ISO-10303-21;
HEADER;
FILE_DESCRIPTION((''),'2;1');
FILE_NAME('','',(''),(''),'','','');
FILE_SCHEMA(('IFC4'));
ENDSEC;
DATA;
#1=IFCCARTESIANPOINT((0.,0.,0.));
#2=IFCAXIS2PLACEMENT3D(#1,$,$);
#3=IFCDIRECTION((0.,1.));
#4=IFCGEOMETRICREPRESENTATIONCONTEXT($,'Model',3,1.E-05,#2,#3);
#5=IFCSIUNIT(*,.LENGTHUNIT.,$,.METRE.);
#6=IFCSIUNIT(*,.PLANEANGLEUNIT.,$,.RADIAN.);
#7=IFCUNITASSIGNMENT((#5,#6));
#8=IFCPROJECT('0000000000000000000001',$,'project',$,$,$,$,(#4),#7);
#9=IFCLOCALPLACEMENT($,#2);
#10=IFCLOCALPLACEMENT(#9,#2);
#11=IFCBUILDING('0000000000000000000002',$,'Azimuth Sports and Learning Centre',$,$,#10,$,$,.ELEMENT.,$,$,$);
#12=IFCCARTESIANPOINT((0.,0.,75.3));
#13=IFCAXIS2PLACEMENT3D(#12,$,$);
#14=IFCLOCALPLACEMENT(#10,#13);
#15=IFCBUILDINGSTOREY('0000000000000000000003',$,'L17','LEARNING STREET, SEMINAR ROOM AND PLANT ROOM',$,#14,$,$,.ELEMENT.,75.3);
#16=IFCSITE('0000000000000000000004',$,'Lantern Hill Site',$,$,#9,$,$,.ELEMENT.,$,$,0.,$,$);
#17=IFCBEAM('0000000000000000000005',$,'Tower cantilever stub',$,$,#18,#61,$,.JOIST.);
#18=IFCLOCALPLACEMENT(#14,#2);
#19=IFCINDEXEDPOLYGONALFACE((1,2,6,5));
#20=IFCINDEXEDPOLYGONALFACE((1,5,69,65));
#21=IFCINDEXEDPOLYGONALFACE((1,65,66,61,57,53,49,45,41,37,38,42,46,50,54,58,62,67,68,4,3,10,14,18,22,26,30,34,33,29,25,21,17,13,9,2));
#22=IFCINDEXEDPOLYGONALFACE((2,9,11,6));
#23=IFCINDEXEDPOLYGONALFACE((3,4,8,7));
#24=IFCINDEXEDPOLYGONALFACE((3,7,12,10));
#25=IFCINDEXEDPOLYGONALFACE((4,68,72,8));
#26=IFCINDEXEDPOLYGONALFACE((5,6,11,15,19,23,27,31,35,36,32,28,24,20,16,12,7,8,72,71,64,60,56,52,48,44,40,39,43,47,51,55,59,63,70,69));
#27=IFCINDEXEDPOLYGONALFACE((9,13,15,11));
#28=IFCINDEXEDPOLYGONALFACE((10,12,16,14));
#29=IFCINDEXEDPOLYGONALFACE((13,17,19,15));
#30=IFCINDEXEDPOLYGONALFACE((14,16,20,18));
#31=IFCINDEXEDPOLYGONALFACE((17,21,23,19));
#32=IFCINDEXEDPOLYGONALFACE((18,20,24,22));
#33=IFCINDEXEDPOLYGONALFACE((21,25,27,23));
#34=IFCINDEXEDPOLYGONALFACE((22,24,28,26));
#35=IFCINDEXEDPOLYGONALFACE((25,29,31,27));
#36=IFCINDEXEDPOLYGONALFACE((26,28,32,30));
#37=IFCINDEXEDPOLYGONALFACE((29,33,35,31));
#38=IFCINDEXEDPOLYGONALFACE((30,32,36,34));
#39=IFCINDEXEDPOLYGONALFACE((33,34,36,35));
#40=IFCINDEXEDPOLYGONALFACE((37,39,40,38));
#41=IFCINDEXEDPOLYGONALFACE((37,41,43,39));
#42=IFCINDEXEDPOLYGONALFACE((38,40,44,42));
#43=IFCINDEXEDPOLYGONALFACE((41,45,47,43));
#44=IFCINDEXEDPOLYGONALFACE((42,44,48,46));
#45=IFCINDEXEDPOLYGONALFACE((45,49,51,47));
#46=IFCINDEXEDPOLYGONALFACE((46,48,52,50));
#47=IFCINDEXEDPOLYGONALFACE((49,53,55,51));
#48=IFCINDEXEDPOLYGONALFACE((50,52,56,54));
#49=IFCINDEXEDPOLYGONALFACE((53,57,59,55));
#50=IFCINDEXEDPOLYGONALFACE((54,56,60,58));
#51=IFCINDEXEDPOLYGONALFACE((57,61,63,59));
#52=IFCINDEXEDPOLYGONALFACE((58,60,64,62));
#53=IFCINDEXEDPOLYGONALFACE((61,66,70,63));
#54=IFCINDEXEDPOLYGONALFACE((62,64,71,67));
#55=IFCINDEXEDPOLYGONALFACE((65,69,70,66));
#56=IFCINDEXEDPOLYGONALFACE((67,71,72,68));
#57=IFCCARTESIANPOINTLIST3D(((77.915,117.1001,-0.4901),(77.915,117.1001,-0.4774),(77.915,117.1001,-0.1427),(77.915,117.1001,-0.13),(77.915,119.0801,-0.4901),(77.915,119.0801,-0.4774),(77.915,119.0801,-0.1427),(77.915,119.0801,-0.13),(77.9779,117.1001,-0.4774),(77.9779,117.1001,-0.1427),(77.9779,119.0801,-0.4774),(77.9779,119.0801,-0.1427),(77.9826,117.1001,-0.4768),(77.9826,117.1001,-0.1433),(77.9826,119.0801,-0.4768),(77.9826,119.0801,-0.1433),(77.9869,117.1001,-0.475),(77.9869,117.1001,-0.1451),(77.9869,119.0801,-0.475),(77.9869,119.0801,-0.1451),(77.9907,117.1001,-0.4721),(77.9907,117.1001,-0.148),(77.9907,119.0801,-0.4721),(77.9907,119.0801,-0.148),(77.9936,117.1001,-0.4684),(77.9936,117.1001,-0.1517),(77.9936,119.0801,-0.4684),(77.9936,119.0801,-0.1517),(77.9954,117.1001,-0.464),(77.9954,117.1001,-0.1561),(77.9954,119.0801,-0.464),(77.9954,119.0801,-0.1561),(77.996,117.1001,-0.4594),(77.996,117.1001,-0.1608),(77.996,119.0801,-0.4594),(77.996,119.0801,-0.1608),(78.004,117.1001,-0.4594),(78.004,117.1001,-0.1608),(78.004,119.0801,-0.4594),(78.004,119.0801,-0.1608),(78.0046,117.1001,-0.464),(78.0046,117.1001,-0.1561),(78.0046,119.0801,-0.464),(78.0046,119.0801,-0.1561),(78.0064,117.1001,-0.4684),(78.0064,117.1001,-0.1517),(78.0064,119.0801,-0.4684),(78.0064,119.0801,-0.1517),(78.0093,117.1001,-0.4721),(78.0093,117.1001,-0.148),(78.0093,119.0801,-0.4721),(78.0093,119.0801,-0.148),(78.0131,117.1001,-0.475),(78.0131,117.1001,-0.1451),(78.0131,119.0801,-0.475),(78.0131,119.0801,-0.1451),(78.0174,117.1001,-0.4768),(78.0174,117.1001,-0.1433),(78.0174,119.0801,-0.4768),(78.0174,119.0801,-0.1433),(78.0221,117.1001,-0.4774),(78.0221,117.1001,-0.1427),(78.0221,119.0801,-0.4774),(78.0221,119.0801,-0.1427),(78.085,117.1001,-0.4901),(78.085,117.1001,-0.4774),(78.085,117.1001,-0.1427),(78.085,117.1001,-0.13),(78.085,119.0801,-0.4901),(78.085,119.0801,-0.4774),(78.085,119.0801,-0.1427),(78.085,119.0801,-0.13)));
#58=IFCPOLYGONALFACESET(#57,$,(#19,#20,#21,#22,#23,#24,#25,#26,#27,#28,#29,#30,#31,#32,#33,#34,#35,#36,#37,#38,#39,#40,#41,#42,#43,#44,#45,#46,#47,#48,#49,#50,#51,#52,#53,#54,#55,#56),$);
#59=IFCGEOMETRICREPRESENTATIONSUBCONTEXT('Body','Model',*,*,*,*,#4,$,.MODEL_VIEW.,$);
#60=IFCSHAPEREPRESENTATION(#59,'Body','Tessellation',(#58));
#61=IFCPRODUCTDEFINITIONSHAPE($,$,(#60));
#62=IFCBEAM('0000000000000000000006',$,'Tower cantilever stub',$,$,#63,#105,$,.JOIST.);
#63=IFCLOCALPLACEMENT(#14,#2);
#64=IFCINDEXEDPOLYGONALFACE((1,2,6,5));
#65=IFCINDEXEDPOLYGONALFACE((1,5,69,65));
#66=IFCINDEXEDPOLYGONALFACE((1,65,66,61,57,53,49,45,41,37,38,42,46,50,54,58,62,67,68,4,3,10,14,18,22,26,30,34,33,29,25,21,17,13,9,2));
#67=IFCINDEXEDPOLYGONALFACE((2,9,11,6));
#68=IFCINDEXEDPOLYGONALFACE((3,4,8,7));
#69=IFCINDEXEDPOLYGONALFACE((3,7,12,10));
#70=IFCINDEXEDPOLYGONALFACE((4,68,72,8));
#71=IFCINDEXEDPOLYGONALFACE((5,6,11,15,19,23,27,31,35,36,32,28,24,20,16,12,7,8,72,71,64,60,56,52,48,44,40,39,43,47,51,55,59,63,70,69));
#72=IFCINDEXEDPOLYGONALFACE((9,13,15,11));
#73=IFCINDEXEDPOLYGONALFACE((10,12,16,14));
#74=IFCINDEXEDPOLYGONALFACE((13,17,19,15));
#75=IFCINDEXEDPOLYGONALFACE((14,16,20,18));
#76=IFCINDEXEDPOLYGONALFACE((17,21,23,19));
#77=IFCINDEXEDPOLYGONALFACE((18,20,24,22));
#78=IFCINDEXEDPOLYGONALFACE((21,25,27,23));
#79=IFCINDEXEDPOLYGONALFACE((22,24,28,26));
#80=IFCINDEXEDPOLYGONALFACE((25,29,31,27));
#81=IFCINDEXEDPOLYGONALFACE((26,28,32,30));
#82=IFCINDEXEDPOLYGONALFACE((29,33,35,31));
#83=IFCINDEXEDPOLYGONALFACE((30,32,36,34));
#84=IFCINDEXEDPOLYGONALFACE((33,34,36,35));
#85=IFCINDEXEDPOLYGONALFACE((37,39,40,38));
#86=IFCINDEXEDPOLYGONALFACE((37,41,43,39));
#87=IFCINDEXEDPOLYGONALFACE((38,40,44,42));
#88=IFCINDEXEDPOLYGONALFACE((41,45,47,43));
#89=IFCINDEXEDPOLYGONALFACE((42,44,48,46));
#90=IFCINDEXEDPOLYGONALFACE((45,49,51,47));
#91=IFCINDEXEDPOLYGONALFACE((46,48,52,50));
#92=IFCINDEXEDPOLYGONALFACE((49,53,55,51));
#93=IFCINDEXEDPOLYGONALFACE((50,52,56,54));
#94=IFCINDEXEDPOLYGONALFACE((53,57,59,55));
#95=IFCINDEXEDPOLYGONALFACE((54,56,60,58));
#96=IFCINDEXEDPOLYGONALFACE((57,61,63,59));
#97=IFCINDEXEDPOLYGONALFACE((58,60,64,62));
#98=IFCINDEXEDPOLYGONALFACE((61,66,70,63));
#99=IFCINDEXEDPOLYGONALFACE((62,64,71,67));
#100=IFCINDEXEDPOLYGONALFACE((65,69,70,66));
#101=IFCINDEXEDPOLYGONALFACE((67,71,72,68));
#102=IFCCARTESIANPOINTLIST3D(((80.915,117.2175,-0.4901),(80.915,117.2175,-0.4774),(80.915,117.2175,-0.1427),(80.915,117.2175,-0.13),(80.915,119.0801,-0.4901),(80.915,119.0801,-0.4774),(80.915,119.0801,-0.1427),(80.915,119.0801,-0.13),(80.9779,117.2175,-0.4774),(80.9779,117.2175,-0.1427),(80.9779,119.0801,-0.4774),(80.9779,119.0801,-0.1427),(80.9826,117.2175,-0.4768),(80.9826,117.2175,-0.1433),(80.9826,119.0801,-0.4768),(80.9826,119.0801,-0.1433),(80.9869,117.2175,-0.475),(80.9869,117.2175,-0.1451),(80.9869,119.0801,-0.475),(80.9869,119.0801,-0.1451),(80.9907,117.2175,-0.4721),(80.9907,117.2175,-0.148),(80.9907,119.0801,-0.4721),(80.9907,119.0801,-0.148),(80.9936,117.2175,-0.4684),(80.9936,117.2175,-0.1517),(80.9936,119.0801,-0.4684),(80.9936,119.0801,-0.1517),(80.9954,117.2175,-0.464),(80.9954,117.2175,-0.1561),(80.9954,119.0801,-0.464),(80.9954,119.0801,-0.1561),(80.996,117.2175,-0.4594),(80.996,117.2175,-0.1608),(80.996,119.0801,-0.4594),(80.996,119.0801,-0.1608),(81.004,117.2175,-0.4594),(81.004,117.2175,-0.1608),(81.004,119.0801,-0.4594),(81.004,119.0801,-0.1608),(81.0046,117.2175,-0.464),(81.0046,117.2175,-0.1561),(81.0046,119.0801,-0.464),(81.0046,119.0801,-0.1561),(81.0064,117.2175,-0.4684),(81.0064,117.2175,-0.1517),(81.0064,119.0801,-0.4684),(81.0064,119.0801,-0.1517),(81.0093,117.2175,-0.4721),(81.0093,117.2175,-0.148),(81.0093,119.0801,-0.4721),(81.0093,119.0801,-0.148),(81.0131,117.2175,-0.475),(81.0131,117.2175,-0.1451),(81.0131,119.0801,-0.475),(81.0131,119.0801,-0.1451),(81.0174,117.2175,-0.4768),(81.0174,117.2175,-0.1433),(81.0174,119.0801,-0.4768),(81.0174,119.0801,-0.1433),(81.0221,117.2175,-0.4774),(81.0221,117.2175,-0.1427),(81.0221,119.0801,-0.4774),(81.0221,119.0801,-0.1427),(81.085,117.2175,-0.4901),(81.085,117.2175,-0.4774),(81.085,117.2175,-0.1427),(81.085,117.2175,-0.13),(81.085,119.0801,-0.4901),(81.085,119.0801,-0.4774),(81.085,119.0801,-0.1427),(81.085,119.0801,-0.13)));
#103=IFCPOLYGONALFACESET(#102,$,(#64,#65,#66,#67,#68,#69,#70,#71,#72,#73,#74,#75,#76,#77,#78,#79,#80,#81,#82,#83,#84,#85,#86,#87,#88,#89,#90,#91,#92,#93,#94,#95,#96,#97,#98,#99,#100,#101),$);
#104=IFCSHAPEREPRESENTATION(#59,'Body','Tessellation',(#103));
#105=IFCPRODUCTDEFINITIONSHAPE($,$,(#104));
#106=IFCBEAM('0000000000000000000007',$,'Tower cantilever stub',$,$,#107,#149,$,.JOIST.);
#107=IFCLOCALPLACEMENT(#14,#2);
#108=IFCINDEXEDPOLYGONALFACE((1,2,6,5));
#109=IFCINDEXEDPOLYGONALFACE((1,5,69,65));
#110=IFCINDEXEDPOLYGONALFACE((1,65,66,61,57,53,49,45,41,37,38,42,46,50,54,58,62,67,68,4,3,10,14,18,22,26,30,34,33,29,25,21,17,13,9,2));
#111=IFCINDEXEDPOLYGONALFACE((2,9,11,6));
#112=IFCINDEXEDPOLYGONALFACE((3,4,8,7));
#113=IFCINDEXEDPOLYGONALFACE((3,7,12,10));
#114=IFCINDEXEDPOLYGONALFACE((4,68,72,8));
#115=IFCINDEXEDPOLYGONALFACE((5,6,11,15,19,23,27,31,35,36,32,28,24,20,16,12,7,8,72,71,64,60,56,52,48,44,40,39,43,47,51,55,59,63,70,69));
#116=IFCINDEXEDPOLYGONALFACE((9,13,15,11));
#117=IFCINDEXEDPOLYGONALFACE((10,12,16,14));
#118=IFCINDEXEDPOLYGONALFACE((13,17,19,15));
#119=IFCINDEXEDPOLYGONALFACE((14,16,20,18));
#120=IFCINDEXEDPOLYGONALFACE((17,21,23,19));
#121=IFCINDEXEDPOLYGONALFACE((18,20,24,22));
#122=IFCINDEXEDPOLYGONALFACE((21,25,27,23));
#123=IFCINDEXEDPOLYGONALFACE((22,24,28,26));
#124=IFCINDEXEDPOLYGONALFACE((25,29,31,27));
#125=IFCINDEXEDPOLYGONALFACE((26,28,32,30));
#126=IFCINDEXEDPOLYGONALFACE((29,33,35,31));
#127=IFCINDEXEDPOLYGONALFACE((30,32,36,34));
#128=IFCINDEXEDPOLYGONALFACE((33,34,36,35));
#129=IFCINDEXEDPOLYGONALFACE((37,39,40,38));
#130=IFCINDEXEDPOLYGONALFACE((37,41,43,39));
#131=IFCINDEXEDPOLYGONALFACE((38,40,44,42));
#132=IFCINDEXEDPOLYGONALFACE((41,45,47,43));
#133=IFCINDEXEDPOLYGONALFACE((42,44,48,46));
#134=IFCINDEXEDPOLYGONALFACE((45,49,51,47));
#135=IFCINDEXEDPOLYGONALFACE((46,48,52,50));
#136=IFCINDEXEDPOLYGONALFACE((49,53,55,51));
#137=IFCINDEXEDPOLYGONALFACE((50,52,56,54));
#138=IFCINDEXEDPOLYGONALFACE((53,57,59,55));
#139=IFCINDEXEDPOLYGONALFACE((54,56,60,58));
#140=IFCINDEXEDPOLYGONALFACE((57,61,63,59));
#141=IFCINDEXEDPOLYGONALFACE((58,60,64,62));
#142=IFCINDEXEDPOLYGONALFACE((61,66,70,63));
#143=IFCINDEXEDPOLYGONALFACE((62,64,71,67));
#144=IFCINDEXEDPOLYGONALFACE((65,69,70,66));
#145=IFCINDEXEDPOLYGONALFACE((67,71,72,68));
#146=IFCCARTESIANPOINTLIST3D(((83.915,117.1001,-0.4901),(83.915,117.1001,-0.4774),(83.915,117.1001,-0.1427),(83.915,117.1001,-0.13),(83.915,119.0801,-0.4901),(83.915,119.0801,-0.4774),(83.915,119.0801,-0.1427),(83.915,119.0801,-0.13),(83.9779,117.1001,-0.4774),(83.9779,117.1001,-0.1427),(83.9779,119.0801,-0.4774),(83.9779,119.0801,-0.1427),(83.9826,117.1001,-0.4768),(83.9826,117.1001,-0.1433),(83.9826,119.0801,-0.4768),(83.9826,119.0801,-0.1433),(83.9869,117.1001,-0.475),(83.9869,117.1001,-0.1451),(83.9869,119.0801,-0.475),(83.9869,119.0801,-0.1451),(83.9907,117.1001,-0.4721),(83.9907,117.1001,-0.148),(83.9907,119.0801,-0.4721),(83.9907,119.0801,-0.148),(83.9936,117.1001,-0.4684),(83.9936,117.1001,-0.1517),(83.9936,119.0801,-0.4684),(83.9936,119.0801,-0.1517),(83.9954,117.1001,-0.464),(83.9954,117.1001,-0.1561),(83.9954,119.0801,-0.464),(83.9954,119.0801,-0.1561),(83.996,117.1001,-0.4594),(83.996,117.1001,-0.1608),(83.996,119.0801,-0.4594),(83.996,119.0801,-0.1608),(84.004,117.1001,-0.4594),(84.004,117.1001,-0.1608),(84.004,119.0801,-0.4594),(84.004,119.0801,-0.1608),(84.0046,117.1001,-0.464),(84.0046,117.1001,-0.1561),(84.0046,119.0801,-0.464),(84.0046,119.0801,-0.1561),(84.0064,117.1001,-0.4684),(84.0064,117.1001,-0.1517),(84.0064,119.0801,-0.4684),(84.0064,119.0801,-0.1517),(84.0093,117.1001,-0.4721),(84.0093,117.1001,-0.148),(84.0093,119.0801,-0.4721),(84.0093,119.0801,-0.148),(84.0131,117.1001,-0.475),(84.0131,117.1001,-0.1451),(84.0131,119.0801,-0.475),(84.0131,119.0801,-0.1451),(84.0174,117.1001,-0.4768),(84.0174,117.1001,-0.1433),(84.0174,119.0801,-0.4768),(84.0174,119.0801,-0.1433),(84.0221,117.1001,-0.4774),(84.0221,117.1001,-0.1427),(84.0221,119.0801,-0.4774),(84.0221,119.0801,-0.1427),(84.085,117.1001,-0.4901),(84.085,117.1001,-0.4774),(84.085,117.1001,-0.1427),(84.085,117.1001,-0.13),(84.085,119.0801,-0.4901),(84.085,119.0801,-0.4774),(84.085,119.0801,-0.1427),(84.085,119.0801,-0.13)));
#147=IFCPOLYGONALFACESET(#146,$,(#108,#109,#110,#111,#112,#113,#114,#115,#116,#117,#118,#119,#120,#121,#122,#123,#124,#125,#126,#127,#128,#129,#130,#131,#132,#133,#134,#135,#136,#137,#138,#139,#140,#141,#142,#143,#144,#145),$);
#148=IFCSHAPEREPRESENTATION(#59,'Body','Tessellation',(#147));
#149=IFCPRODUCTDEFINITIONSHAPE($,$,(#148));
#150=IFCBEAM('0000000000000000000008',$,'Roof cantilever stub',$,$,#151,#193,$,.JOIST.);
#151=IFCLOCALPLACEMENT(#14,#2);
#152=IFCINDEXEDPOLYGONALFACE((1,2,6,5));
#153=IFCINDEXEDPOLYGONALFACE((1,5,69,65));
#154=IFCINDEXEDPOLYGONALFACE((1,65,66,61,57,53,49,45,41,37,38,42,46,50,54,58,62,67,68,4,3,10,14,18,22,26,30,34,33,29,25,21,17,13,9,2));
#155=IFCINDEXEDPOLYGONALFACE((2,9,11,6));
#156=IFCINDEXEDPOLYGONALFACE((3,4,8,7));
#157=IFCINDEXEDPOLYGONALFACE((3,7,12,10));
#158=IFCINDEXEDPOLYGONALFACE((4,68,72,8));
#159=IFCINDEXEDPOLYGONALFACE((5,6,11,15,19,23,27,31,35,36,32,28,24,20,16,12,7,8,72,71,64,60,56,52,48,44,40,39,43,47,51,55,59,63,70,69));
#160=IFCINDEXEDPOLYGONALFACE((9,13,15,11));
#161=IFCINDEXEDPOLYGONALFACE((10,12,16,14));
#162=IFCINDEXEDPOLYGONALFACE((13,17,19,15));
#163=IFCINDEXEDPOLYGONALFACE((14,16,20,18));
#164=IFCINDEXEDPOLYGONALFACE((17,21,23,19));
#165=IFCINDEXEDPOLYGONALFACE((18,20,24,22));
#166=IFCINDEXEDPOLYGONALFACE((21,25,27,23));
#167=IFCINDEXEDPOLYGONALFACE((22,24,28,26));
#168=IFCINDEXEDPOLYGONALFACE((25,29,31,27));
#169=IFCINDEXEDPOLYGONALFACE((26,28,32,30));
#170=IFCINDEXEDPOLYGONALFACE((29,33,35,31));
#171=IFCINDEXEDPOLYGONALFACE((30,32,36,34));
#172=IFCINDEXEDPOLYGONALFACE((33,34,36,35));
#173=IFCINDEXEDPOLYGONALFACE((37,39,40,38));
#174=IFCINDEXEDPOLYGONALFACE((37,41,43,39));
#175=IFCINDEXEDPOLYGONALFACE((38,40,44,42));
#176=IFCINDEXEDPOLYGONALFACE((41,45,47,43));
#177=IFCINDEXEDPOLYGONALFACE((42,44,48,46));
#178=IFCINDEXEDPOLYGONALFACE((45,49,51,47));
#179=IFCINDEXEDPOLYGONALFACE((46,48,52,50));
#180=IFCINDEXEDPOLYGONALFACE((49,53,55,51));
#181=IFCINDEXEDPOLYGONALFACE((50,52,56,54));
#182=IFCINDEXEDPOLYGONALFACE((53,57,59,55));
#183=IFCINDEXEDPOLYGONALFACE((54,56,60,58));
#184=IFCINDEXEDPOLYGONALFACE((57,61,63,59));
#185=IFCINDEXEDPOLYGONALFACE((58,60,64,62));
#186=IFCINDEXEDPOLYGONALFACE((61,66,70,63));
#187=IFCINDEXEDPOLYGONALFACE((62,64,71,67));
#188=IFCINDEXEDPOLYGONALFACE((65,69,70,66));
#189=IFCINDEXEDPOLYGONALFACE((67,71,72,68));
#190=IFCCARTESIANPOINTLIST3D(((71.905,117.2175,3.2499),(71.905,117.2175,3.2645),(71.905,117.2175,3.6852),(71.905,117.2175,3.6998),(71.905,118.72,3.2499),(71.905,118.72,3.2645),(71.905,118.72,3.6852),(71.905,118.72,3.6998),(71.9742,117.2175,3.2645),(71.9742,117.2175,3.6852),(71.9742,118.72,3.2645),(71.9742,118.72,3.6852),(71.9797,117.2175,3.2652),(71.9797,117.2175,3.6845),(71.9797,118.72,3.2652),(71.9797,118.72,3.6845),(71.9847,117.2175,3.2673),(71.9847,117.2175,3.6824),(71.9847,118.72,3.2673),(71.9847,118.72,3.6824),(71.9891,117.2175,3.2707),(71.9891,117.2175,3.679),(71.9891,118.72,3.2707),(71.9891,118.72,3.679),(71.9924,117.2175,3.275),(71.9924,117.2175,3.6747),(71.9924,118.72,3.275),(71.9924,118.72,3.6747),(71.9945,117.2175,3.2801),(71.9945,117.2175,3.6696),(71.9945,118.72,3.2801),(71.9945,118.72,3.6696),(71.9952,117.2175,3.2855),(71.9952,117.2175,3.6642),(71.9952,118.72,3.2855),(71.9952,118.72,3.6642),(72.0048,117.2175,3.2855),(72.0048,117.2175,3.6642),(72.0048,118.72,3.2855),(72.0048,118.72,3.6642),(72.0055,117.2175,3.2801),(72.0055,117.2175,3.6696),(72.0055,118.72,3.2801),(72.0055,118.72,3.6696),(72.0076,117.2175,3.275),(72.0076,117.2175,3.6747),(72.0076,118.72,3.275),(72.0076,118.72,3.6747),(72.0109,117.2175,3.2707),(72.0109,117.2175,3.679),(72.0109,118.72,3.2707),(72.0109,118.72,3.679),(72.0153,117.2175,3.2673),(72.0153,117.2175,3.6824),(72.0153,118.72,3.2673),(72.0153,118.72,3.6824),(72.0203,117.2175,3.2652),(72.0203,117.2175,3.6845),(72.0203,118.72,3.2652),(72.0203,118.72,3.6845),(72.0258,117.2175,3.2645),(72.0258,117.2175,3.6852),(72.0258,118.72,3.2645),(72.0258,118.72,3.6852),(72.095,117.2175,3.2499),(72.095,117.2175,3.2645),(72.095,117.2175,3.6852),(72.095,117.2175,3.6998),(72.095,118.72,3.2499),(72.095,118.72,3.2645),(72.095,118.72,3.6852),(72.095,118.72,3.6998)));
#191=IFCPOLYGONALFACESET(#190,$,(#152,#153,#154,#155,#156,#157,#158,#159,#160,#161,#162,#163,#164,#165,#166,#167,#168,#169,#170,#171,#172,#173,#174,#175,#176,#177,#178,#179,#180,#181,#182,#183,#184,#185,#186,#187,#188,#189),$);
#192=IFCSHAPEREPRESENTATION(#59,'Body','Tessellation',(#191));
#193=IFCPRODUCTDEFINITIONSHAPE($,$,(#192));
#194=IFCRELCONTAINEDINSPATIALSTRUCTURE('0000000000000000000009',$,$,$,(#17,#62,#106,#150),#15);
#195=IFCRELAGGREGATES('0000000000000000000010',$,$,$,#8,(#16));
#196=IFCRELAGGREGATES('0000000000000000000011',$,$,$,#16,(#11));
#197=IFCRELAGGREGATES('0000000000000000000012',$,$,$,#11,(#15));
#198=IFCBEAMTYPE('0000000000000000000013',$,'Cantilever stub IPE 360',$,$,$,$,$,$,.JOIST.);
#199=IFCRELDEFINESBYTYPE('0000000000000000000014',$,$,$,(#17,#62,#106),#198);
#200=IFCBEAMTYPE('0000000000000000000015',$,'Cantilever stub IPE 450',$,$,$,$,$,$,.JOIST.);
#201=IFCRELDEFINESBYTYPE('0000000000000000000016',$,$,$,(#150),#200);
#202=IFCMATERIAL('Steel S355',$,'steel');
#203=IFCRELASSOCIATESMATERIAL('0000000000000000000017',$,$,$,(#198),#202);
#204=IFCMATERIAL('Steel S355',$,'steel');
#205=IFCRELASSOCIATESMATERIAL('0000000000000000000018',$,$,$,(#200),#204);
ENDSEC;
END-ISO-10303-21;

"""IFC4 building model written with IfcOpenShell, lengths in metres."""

from ifc_helpers import new_model, si_unit, direction, frame, origin, origin_2d, place, context, subcontext, project, spatial, i_section, extrude, material, material_profile, profile_set, type_object, element, save


model = new_model("IFC4")

# Units and contexts
model_context = context("Model", 3, precision=1e-05, world=origin(), true_north=direction((0.0, 1.0)))
body_context = subcontext(model_context, "Body", "Model", "MODEL_VIEW")
ifc_project = project(units=[si_unit("LENGTHUNIT", "METRE"), si_unit("PLANEANGLEUNIT", "RADIAN")], contexts=[model_context])

# Site, building, storey
site_placement = place(None, origin())
site = spatial("IfcSite", under=ifc_project, at=site_placement, Name="Lantern Hill Site", CompositionType="ELEMENT", RefElevation=0.0)
building_placement = place(site_placement, origin())
building = spatial("IfcBuilding", under=site, at=building_placement, Name="Azimuth Sports and Learning Centre", CompositionType="ELEMENT")
storey_placement = place(building_placement, frame((0.0, 0.0, 75.3)))
storey = spatial("IfcBuildingStorey", under=building, at=storey_placement, Name="L17", Description="LEARNING STREET, SEMINAR ROOM AND PLANT ROOM", CompositionType="ELEMENT", Elevation=75.3)

# Beams
ifc_material_1 = material(Name="Steel S355", Category="steel")
ifc_material_profile_1 = material_profile(ifc_material_1, i_section(OverallWidth=0.1699, OverallDepth=0.3601, WebThickness=0.0081, FlangeThickness=0.0127, FilletRadius=0.0181, at=origin_2d()), Name="IPE 360")
ifc_profile_set_1 = profile_set([ifc_material_profile_1], Name="Steel S355")
beam_type_1 = type_object("IfcBeamType", Name="Cantilever stub IPE 360", PredefinedType="JOIST", material=ifc_profile_set_1)
beam_1_placement = place(storey_placement, frame((78.0, 117.1001, -0.3101), z_axis=(0.0, 1.0, 0.0), x_axis=(-1.0, 0.0, 0.0)))
element("IfcBeam", 1, at=beam_1_placement, inside=storey, type_object=beam_type_1, Name="Tower cantilever stub", PredefinedType="JOIST", context=body_context, shape_type="SweptSolid", body=[
    extrude(i_section(OverallWidth=0.1699, OverallDepth=0.3601, WebThickness=0.0081, FlangeThickness=0.0127, FilletRadius=0.0181, at=origin_2d()), origin(), (0.0, 0.0, 1.0), 1.98),
])
beam_2_placement = place(storey_placement, frame((81.0, 117.2175, -0.3101), z_axis=(0.0, 1.0, 0.0), x_axis=(-1.0, 0.0, 0.0)))
element("IfcBeam", 2, at=beam_2_placement, inside=storey, type_object=beam_type_1, Name="Tower cantilever stub", PredefinedType="JOIST", context=body_context, shape_type="SweptSolid", body=[
    extrude(i_section(OverallWidth=0.1699, OverallDepth=0.3601, WebThickness=0.0081, FlangeThickness=0.0127, FilletRadius=0.0181, at=origin_2d()), origin(), (0.0, 0.0, 1.0), 1.8625),
])
beam_3_placement = place(storey_placement, frame((84.0, 117.1001, -0.3101), z_axis=(0.0, 1.0, 0.0), x_axis=(-1.0, 0.0, 0.0)))
element("IfcBeam", 3, at=beam_3_placement, inside=storey, type_object=beam_type_1, Name="Tower cantilever stub", PredefinedType="JOIST", context=body_context, shape_type="SweptSolid", body=[
    extrude(i_section(OverallWidth=0.1699, OverallDepth=0.3601, WebThickness=0.0081, FlangeThickness=0.0127, FilletRadius=0.0181, at=origin_2d()), origin(), (0.0, 0.0, 1.0), 1.98),
])
ifc_material_2 = material(Name="Steel S355", Category="steel")
ifc_material_profile_2 = material_profile(ifc_material_2, i_section(OverallWidth=0.1899, OverallDepth=0.45, WebThickness=0.0095, FlangeThickness=0.0146, FilletRadius=0.021, at=origin_2d()), Name="IPE 450")
ifc_profile_set_2 = profile_set([ifc_material_profile_2], Name="Steel S355")
beam_type_2 = type_object("IfcBeamType", Name="Cantilever stub IPE 450", PredefinedType="JOIST", material=ifc_profile_set_2)
beam_4_placement = place(storey_placement, frame((72.0, 117.2175, 3.4749), z_axis=(0.0, 1.0, 0.0), x_axis=(-1.0, 0.0, 0.0)))
element("IfcBeam", 4, at=beam_4_placement, inside=storey, type_object=beam_type_2, Name="Roof cantilever stub", PredefinedType="JOIST", context=body_context, shape_type="SweptSolid", body=[
    extrude(i_section(OverallWidth=0.1899, OverallDepth=0.45, WebThickness=0.0095, FlangeThickness=0.0146, FilletRadius=0.021, at=origin_2d()), origin(), (0.0, 0.0, 1.0), 1.5024),
])

save(model, "model.ifc")
